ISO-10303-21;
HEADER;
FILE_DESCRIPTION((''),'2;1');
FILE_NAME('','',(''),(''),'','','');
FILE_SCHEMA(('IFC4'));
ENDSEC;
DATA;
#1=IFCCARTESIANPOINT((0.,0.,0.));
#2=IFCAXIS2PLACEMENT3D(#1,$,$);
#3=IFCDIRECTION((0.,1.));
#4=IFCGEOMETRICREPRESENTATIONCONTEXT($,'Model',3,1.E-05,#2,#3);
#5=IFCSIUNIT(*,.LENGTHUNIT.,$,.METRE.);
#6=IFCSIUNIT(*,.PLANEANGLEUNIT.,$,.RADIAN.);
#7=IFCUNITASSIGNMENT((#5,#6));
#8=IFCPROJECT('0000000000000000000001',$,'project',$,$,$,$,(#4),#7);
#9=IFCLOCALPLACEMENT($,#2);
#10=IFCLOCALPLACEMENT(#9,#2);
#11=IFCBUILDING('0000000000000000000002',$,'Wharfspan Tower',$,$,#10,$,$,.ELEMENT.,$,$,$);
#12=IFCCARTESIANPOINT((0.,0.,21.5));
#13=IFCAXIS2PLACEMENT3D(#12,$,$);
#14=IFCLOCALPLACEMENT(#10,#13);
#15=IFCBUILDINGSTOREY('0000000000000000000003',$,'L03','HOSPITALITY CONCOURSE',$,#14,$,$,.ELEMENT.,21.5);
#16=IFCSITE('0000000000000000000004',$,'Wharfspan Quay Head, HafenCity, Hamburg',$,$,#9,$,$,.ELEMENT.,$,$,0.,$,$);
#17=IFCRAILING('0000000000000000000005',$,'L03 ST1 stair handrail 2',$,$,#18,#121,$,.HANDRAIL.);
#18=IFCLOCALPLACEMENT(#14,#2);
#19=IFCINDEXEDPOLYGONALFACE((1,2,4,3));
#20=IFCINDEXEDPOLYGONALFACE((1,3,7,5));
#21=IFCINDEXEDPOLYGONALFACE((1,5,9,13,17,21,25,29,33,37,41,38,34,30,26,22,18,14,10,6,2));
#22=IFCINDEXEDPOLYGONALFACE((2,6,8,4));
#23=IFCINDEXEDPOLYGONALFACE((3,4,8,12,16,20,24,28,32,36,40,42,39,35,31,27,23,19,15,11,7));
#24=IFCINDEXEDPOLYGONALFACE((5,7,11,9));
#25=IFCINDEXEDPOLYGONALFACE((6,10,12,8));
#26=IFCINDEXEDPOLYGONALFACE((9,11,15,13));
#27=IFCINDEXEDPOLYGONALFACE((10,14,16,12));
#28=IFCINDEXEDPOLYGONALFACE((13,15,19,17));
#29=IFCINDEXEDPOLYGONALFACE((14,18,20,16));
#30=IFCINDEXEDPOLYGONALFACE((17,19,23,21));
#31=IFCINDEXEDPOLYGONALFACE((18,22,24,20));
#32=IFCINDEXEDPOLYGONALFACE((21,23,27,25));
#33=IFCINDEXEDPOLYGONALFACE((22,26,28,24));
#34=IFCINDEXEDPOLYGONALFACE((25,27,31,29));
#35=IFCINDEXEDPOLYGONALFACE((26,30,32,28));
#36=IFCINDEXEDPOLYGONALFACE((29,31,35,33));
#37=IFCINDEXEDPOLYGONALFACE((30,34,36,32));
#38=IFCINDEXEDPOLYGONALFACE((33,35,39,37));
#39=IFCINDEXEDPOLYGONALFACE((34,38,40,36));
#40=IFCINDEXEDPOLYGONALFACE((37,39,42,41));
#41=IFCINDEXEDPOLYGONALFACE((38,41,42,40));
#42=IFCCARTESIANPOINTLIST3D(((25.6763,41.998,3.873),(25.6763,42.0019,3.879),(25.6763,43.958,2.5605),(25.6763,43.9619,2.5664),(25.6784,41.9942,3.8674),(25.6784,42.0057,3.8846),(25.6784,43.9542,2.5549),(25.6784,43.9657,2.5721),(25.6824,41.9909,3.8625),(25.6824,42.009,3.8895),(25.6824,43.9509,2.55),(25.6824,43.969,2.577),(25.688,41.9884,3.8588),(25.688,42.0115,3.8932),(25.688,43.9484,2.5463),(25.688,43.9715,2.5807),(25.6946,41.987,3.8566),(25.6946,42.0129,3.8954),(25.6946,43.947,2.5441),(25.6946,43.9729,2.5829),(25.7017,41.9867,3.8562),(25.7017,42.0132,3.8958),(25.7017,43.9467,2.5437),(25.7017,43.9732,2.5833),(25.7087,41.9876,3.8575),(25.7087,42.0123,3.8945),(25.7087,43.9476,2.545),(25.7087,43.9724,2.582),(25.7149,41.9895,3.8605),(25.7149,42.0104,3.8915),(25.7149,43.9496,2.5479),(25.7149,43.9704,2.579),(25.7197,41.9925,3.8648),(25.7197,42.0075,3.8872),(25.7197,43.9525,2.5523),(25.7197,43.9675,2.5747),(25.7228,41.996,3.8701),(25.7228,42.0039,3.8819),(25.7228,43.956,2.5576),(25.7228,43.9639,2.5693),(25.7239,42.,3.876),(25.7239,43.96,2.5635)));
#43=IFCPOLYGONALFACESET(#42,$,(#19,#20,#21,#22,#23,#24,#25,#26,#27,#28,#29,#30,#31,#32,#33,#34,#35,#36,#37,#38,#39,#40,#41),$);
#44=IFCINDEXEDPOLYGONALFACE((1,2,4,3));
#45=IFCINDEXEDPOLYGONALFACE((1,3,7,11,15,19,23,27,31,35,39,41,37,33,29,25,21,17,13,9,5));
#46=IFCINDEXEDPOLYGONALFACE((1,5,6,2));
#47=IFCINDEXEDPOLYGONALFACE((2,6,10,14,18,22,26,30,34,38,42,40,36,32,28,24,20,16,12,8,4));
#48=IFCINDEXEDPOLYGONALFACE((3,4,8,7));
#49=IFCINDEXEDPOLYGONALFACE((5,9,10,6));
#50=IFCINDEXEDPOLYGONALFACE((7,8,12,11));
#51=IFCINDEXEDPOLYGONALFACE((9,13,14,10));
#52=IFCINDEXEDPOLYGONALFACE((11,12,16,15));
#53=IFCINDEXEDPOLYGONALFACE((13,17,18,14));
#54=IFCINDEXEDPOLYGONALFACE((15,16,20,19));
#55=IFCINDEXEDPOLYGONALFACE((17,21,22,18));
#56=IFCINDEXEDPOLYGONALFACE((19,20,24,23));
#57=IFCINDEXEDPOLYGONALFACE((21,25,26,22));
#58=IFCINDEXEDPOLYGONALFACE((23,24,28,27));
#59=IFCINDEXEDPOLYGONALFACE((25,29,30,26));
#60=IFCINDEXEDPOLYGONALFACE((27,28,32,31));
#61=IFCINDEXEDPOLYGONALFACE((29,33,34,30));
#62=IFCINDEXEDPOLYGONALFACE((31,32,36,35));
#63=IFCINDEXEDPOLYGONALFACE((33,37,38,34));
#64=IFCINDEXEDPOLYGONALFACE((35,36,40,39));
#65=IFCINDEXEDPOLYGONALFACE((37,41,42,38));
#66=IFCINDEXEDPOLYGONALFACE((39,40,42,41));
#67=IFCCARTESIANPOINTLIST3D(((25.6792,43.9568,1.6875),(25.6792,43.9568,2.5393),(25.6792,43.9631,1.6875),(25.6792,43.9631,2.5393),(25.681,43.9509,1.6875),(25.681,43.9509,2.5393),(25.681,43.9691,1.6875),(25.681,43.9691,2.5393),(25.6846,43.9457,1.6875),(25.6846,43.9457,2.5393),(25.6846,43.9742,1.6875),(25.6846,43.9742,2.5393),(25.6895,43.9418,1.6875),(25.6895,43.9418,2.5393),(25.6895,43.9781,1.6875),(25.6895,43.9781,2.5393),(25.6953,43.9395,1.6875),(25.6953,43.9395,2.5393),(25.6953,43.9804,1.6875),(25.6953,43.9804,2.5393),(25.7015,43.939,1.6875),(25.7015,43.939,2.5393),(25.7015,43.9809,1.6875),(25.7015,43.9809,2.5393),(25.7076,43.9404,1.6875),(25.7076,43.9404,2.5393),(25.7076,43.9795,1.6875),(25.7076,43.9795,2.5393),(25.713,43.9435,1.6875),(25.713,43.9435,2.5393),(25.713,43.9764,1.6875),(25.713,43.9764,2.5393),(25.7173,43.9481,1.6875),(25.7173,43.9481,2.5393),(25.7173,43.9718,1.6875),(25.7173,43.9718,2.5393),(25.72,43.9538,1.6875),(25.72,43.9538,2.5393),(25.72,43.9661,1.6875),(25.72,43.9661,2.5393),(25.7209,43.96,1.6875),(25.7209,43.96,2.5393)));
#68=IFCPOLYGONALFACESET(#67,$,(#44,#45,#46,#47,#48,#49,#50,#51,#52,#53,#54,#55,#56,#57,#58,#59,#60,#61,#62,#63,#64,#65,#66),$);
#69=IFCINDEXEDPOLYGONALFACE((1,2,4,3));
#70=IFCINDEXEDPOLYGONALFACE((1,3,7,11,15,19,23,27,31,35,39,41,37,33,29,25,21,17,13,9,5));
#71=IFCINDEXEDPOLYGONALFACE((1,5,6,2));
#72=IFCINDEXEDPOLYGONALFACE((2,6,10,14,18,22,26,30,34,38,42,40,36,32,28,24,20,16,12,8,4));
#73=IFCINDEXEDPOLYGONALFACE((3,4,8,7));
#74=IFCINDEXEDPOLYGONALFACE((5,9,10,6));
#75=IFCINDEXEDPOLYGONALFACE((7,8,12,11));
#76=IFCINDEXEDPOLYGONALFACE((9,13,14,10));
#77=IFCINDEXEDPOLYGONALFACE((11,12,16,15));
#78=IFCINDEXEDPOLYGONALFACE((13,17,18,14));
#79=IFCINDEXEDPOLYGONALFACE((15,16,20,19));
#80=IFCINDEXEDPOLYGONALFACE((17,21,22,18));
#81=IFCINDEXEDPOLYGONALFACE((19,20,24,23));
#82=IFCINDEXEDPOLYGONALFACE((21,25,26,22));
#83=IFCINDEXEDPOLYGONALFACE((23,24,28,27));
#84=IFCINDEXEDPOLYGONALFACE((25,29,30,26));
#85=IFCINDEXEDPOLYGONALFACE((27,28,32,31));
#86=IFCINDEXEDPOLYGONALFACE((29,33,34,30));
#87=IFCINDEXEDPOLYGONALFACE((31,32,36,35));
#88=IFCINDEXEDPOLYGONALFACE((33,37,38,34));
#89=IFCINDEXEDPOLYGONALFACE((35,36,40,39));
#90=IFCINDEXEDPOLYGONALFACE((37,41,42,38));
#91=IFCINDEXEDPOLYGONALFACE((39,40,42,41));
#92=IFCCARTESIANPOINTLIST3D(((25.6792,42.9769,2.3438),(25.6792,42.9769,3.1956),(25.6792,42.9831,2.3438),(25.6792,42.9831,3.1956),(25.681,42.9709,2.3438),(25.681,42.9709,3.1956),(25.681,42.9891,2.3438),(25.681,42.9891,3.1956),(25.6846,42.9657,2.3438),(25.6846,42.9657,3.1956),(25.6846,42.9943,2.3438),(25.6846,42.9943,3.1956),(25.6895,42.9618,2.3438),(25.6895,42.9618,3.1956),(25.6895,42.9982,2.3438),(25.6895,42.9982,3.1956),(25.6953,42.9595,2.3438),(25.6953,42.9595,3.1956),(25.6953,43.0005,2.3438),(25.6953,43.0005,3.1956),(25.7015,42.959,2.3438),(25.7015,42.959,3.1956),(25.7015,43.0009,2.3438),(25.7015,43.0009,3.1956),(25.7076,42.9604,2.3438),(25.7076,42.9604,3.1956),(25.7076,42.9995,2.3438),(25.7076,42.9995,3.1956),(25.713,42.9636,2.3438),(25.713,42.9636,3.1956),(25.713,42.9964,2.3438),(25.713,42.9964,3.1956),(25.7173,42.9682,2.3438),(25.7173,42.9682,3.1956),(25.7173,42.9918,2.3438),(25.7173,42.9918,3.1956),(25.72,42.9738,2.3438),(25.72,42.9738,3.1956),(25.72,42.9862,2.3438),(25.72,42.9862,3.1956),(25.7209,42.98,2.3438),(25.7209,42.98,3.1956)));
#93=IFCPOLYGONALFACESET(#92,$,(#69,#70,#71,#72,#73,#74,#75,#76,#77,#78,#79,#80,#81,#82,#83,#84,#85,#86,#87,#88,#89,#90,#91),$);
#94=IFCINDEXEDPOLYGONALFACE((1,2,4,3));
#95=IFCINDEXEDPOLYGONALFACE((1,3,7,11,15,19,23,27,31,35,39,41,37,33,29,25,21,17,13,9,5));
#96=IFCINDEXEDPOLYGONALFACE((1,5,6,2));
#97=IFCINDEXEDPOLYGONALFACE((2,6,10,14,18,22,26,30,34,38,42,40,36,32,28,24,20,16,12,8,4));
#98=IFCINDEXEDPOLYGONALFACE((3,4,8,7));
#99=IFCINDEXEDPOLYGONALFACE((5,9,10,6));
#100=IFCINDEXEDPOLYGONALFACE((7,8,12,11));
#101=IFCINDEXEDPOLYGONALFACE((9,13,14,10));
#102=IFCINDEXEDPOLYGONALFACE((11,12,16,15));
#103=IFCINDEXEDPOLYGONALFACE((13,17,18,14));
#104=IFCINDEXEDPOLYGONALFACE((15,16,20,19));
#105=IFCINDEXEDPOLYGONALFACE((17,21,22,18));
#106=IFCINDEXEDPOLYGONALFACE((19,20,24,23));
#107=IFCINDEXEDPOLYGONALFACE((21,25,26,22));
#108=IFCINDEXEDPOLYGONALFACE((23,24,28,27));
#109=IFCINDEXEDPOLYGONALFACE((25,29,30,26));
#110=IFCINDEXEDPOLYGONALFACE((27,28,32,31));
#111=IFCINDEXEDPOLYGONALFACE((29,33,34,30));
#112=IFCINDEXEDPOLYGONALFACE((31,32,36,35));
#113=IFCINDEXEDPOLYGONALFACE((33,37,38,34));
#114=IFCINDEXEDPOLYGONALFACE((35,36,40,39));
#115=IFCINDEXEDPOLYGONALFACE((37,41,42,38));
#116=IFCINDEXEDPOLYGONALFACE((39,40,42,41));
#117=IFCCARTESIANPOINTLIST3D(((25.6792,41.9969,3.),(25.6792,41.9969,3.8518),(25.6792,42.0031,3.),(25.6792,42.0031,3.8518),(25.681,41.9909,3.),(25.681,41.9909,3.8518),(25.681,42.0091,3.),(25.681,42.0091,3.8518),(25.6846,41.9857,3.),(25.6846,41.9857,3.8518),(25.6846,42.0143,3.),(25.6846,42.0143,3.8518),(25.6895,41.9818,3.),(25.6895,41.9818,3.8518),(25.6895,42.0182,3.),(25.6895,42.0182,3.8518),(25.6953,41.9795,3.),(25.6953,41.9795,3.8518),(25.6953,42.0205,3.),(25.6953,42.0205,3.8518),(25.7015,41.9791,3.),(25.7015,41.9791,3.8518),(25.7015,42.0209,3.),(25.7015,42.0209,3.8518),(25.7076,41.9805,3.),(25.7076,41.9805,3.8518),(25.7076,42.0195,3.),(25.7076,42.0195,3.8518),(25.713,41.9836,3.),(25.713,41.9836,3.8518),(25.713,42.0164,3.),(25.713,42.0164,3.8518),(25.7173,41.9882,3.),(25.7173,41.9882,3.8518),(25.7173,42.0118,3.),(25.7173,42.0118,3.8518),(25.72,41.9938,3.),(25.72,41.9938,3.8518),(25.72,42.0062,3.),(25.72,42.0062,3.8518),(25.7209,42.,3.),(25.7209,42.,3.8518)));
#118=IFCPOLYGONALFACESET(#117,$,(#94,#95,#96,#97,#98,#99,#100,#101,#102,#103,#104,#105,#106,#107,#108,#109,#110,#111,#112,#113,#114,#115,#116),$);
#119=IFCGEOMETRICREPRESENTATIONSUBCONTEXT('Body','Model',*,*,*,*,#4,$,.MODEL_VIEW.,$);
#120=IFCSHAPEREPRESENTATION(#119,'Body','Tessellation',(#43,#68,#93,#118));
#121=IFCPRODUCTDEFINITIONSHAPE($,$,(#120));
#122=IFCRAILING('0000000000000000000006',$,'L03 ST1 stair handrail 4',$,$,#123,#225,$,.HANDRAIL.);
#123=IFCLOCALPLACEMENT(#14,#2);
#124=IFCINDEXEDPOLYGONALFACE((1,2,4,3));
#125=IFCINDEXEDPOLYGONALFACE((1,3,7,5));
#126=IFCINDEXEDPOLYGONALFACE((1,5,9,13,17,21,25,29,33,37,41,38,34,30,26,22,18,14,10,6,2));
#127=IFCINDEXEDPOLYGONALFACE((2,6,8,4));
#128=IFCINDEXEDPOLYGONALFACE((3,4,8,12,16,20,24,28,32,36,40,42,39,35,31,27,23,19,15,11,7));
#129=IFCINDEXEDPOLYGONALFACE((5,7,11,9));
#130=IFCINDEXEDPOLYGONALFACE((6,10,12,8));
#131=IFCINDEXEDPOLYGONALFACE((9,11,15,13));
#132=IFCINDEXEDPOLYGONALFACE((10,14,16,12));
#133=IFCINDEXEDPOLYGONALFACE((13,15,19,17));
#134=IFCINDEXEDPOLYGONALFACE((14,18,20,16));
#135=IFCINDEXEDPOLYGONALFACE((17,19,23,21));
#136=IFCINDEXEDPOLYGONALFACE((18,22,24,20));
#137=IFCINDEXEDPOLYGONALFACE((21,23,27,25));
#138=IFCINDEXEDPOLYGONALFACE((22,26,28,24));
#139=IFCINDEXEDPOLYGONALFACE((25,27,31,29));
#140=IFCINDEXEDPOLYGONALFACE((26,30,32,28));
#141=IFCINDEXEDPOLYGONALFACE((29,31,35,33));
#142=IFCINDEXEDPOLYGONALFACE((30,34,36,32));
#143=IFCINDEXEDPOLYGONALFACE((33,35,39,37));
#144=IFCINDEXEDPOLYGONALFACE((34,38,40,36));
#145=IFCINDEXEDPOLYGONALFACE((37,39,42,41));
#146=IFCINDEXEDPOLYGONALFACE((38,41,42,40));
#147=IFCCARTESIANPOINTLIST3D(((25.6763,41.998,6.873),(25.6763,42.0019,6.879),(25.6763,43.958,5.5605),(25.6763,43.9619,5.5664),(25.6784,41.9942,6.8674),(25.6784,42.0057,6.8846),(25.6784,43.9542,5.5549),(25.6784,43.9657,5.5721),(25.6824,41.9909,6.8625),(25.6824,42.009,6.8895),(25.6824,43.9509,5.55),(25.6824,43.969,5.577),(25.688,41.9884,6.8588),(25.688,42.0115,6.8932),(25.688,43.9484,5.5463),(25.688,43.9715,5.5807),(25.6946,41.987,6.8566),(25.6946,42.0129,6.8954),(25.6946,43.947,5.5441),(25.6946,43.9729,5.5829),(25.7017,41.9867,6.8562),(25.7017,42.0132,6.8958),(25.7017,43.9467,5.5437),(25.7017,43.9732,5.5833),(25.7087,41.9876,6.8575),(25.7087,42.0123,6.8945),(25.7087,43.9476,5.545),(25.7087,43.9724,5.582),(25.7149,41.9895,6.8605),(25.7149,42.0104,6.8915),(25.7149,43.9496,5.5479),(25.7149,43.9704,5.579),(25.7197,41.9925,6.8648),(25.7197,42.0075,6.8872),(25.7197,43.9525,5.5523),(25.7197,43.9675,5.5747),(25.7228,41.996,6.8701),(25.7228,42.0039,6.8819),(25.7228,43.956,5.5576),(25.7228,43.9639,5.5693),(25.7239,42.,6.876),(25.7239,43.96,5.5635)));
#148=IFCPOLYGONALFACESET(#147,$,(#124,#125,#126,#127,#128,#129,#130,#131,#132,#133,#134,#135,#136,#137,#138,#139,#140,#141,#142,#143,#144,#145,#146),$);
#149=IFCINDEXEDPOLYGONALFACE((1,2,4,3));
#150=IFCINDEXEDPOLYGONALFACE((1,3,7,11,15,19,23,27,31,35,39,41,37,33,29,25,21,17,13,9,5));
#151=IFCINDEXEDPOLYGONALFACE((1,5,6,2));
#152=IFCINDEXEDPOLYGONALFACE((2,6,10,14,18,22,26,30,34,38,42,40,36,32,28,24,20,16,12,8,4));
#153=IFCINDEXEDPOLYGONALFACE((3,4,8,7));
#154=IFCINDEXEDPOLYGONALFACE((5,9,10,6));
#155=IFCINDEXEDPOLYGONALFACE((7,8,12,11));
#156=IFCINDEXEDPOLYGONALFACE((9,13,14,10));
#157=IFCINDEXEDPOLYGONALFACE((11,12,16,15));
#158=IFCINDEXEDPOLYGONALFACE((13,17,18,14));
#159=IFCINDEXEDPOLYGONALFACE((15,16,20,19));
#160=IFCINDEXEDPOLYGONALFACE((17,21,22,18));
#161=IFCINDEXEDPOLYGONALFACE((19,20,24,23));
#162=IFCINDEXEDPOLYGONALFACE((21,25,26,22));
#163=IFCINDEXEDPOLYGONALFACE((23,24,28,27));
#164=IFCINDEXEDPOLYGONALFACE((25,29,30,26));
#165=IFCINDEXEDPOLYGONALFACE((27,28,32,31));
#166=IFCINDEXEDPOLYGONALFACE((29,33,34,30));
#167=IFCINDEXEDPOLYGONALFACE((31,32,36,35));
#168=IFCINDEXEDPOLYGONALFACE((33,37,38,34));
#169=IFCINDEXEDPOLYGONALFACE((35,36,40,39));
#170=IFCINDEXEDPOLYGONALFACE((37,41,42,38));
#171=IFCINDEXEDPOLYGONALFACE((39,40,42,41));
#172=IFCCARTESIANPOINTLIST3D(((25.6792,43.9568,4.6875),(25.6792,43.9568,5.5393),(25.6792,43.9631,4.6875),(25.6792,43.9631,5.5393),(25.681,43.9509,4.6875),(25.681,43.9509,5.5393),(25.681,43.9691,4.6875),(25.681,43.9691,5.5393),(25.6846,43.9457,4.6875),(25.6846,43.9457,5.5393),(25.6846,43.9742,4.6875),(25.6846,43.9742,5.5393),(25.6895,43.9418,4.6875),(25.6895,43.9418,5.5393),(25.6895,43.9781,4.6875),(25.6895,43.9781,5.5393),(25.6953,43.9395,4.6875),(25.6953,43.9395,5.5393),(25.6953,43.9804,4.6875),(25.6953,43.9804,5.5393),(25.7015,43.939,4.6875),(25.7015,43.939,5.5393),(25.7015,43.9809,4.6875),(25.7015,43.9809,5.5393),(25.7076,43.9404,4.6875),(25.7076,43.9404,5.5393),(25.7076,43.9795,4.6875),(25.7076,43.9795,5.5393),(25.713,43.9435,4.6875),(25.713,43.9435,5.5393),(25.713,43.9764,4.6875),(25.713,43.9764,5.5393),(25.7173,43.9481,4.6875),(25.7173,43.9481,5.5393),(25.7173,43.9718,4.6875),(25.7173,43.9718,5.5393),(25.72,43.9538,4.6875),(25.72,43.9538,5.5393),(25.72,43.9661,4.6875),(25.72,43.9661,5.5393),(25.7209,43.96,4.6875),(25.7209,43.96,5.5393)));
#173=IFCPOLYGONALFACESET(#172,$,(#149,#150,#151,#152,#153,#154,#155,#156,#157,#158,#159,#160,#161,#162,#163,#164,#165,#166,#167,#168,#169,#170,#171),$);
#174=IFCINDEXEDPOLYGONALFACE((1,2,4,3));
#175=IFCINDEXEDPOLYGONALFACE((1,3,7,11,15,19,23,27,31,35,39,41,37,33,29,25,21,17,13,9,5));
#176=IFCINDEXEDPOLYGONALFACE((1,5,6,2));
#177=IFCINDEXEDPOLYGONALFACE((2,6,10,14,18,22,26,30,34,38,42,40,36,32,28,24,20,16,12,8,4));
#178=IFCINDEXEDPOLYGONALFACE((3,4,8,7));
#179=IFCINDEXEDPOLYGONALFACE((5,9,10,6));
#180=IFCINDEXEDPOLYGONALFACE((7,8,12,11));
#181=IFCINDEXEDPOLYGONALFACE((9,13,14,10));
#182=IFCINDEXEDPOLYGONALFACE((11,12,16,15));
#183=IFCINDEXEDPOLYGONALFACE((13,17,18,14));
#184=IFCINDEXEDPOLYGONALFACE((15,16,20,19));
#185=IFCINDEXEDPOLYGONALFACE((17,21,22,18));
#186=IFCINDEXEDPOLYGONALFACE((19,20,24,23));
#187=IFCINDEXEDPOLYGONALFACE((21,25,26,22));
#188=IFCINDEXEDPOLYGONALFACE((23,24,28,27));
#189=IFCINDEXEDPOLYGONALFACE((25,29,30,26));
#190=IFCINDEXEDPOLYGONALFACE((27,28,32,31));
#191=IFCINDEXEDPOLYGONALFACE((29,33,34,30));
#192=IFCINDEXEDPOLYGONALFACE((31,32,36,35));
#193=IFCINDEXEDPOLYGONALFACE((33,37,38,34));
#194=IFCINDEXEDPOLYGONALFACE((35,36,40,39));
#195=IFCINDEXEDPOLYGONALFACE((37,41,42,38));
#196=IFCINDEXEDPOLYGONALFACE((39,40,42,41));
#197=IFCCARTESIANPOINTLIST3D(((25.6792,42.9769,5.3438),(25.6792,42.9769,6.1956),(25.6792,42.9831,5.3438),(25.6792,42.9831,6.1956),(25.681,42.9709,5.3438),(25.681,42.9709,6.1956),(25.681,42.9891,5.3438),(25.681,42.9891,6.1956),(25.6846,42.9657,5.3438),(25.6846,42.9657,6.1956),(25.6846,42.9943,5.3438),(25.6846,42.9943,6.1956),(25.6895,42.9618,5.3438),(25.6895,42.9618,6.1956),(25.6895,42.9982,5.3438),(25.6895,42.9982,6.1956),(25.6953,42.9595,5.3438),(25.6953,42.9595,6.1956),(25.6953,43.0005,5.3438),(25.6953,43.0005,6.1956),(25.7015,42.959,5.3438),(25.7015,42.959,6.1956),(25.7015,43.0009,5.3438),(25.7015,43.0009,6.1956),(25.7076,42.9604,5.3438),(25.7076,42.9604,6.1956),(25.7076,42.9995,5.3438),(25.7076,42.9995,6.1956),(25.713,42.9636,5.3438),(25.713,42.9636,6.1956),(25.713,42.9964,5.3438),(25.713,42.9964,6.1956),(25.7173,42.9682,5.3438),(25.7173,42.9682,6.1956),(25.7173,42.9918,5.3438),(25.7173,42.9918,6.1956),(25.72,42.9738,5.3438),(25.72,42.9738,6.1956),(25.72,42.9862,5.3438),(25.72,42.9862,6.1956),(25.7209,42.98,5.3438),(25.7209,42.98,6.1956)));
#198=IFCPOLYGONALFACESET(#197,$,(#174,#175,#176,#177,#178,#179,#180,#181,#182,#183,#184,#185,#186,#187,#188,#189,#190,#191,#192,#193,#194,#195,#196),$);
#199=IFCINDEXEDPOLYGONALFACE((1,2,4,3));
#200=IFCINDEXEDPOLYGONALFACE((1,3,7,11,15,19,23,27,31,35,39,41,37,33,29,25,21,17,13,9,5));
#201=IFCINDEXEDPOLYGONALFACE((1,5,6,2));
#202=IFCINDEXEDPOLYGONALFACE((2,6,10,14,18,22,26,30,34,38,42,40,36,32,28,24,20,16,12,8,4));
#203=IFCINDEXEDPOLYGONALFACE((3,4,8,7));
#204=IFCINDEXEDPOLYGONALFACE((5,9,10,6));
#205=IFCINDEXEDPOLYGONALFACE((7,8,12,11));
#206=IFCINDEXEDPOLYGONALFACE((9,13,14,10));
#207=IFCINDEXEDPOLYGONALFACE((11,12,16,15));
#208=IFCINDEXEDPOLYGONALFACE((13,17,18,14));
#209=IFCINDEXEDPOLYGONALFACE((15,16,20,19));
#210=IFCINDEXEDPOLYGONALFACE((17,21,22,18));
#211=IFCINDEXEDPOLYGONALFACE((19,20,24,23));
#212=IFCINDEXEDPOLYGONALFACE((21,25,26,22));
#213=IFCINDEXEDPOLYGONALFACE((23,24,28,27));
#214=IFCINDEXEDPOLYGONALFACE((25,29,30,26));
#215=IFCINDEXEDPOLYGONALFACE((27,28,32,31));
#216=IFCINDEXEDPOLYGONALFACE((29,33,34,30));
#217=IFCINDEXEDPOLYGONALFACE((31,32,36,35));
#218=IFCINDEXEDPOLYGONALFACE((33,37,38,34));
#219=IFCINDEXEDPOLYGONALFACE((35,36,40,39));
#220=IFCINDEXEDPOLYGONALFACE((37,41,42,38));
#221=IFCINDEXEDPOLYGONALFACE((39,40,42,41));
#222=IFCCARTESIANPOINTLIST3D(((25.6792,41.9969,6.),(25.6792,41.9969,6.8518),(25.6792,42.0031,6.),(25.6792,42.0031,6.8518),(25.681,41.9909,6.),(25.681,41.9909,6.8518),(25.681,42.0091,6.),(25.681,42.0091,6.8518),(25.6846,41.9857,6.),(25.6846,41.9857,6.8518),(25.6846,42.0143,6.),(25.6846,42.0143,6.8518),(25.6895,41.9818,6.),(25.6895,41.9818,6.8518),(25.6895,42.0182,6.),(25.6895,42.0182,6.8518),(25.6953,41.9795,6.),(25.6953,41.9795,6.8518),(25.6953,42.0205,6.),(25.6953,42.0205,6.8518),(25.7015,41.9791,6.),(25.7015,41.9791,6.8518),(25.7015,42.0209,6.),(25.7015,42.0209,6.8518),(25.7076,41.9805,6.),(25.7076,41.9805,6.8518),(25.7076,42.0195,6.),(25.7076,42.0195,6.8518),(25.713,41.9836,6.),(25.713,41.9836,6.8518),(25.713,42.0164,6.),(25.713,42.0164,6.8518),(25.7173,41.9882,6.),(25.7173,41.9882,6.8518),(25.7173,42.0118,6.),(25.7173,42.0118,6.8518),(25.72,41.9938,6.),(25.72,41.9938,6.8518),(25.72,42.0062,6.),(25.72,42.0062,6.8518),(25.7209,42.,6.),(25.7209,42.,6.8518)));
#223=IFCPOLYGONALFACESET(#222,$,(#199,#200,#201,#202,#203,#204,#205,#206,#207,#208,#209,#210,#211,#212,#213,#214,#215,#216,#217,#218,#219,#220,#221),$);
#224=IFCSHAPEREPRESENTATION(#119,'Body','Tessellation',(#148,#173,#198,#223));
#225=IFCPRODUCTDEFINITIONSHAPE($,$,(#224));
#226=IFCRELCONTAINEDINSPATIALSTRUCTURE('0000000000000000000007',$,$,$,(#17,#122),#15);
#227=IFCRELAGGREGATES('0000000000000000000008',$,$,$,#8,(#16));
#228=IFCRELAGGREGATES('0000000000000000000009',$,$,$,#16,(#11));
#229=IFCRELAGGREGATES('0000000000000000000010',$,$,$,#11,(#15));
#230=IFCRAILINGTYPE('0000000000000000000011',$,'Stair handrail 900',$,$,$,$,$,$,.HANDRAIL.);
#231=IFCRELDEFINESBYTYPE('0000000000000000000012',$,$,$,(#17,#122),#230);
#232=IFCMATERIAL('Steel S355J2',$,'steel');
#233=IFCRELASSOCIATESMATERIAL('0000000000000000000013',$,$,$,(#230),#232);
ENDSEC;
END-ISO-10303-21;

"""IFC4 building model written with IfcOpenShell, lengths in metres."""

from ifc_helpers import new_model, si_unit, direction, frame, origin, origin_2d, place, context, subcontext, project, spatial, circle, extrude, material, type_object, element, save


model = new_model("IFC4")

# Units and contexts
model_context = context("Model", 3, precision=1e-05, world=origin(), true_north=direction((0.0, 1.0)))
body_context = subcontext(model_context, "Body", "Model", "MODEL_VIEW")
ifc_project = project(units=[si_unit("LENGTHUNIT", "METRE"), si_unit("PLANEANGLEUNIT", "RADIAN")], contexts=[model_context])

# Site, building, storey
site_placement = place(None, origin())
site = spatial("IfcSite", under=ifc_project, at=site_placement, Name="Wharfspan Quay Head, HafenCity, Hamburg", CompositionType="ELEMENT", RefElevation=0.0)
building_placement = place(site_placement, origin())
building = spatial("IfcBuilding", under=site, at=building_placement, Name="Wharfspan Tower", CompositionType="ELEMENT")
storey_placement = place(building_placement, frame((0.0, 0.0, 21.5)))
storey = spatial("IfcBuildingStorey", under=building, at=storey_placement, Name="L03", Description="HOSPITALITY CONCOURSE", CompositionType="ELEMENT", Elevation=21.5)

# Railings
ifc_material_1 = material(Name="Steel S355J2", Category="steel")
railing_type = type_object("IfcRailingType", Name="Stair handrail 900", PredefinedType="HANDRAIL", material=ifc_material_1)
for number, where, name in (
    (1, (25.7, 43.96, 1.6875), "L03 ST1 stair handrail 2"),
    (2, (25.7, 43.96, 4.6875), "L03 ST1 stair handrail 4"),
):
    element("IfcRailing", number, at=place(storey_placement, frame(where)), inside=storey, type_object=railing_type, Name=name, PredefinedType="HANDRAIL", context=body_context, shape_type="SweptSolid", body=[
        extrude(circle(Radius=0.0239, at=origin_2d()), frame((0.0, 0.0, 0.876), z_axis=(0.0, -0.830902, 0.556419), x_axis=(1.0, 0.0, 0.0)), (0.0, 0.0, 1.0), 2.3589),
        extrude(circle(Radius=0.021, at=origin_2d()), origin(), (0.0, 0.0, 1.0), 0.8518),
        extrude(circle(Radius=0.021, at=origin_2d()), frame((0.0, -0.98, 0.6562)), (0.0, 0.0, 1.0), 0.8518),
        extrude(circle(Radius=0.021, at=origin_2d()), frame((0.0, -1.96, 1.3125)), (0.0, 0.0, 1.0), 0.8518),
    ])

save(model, "model.ifc")
